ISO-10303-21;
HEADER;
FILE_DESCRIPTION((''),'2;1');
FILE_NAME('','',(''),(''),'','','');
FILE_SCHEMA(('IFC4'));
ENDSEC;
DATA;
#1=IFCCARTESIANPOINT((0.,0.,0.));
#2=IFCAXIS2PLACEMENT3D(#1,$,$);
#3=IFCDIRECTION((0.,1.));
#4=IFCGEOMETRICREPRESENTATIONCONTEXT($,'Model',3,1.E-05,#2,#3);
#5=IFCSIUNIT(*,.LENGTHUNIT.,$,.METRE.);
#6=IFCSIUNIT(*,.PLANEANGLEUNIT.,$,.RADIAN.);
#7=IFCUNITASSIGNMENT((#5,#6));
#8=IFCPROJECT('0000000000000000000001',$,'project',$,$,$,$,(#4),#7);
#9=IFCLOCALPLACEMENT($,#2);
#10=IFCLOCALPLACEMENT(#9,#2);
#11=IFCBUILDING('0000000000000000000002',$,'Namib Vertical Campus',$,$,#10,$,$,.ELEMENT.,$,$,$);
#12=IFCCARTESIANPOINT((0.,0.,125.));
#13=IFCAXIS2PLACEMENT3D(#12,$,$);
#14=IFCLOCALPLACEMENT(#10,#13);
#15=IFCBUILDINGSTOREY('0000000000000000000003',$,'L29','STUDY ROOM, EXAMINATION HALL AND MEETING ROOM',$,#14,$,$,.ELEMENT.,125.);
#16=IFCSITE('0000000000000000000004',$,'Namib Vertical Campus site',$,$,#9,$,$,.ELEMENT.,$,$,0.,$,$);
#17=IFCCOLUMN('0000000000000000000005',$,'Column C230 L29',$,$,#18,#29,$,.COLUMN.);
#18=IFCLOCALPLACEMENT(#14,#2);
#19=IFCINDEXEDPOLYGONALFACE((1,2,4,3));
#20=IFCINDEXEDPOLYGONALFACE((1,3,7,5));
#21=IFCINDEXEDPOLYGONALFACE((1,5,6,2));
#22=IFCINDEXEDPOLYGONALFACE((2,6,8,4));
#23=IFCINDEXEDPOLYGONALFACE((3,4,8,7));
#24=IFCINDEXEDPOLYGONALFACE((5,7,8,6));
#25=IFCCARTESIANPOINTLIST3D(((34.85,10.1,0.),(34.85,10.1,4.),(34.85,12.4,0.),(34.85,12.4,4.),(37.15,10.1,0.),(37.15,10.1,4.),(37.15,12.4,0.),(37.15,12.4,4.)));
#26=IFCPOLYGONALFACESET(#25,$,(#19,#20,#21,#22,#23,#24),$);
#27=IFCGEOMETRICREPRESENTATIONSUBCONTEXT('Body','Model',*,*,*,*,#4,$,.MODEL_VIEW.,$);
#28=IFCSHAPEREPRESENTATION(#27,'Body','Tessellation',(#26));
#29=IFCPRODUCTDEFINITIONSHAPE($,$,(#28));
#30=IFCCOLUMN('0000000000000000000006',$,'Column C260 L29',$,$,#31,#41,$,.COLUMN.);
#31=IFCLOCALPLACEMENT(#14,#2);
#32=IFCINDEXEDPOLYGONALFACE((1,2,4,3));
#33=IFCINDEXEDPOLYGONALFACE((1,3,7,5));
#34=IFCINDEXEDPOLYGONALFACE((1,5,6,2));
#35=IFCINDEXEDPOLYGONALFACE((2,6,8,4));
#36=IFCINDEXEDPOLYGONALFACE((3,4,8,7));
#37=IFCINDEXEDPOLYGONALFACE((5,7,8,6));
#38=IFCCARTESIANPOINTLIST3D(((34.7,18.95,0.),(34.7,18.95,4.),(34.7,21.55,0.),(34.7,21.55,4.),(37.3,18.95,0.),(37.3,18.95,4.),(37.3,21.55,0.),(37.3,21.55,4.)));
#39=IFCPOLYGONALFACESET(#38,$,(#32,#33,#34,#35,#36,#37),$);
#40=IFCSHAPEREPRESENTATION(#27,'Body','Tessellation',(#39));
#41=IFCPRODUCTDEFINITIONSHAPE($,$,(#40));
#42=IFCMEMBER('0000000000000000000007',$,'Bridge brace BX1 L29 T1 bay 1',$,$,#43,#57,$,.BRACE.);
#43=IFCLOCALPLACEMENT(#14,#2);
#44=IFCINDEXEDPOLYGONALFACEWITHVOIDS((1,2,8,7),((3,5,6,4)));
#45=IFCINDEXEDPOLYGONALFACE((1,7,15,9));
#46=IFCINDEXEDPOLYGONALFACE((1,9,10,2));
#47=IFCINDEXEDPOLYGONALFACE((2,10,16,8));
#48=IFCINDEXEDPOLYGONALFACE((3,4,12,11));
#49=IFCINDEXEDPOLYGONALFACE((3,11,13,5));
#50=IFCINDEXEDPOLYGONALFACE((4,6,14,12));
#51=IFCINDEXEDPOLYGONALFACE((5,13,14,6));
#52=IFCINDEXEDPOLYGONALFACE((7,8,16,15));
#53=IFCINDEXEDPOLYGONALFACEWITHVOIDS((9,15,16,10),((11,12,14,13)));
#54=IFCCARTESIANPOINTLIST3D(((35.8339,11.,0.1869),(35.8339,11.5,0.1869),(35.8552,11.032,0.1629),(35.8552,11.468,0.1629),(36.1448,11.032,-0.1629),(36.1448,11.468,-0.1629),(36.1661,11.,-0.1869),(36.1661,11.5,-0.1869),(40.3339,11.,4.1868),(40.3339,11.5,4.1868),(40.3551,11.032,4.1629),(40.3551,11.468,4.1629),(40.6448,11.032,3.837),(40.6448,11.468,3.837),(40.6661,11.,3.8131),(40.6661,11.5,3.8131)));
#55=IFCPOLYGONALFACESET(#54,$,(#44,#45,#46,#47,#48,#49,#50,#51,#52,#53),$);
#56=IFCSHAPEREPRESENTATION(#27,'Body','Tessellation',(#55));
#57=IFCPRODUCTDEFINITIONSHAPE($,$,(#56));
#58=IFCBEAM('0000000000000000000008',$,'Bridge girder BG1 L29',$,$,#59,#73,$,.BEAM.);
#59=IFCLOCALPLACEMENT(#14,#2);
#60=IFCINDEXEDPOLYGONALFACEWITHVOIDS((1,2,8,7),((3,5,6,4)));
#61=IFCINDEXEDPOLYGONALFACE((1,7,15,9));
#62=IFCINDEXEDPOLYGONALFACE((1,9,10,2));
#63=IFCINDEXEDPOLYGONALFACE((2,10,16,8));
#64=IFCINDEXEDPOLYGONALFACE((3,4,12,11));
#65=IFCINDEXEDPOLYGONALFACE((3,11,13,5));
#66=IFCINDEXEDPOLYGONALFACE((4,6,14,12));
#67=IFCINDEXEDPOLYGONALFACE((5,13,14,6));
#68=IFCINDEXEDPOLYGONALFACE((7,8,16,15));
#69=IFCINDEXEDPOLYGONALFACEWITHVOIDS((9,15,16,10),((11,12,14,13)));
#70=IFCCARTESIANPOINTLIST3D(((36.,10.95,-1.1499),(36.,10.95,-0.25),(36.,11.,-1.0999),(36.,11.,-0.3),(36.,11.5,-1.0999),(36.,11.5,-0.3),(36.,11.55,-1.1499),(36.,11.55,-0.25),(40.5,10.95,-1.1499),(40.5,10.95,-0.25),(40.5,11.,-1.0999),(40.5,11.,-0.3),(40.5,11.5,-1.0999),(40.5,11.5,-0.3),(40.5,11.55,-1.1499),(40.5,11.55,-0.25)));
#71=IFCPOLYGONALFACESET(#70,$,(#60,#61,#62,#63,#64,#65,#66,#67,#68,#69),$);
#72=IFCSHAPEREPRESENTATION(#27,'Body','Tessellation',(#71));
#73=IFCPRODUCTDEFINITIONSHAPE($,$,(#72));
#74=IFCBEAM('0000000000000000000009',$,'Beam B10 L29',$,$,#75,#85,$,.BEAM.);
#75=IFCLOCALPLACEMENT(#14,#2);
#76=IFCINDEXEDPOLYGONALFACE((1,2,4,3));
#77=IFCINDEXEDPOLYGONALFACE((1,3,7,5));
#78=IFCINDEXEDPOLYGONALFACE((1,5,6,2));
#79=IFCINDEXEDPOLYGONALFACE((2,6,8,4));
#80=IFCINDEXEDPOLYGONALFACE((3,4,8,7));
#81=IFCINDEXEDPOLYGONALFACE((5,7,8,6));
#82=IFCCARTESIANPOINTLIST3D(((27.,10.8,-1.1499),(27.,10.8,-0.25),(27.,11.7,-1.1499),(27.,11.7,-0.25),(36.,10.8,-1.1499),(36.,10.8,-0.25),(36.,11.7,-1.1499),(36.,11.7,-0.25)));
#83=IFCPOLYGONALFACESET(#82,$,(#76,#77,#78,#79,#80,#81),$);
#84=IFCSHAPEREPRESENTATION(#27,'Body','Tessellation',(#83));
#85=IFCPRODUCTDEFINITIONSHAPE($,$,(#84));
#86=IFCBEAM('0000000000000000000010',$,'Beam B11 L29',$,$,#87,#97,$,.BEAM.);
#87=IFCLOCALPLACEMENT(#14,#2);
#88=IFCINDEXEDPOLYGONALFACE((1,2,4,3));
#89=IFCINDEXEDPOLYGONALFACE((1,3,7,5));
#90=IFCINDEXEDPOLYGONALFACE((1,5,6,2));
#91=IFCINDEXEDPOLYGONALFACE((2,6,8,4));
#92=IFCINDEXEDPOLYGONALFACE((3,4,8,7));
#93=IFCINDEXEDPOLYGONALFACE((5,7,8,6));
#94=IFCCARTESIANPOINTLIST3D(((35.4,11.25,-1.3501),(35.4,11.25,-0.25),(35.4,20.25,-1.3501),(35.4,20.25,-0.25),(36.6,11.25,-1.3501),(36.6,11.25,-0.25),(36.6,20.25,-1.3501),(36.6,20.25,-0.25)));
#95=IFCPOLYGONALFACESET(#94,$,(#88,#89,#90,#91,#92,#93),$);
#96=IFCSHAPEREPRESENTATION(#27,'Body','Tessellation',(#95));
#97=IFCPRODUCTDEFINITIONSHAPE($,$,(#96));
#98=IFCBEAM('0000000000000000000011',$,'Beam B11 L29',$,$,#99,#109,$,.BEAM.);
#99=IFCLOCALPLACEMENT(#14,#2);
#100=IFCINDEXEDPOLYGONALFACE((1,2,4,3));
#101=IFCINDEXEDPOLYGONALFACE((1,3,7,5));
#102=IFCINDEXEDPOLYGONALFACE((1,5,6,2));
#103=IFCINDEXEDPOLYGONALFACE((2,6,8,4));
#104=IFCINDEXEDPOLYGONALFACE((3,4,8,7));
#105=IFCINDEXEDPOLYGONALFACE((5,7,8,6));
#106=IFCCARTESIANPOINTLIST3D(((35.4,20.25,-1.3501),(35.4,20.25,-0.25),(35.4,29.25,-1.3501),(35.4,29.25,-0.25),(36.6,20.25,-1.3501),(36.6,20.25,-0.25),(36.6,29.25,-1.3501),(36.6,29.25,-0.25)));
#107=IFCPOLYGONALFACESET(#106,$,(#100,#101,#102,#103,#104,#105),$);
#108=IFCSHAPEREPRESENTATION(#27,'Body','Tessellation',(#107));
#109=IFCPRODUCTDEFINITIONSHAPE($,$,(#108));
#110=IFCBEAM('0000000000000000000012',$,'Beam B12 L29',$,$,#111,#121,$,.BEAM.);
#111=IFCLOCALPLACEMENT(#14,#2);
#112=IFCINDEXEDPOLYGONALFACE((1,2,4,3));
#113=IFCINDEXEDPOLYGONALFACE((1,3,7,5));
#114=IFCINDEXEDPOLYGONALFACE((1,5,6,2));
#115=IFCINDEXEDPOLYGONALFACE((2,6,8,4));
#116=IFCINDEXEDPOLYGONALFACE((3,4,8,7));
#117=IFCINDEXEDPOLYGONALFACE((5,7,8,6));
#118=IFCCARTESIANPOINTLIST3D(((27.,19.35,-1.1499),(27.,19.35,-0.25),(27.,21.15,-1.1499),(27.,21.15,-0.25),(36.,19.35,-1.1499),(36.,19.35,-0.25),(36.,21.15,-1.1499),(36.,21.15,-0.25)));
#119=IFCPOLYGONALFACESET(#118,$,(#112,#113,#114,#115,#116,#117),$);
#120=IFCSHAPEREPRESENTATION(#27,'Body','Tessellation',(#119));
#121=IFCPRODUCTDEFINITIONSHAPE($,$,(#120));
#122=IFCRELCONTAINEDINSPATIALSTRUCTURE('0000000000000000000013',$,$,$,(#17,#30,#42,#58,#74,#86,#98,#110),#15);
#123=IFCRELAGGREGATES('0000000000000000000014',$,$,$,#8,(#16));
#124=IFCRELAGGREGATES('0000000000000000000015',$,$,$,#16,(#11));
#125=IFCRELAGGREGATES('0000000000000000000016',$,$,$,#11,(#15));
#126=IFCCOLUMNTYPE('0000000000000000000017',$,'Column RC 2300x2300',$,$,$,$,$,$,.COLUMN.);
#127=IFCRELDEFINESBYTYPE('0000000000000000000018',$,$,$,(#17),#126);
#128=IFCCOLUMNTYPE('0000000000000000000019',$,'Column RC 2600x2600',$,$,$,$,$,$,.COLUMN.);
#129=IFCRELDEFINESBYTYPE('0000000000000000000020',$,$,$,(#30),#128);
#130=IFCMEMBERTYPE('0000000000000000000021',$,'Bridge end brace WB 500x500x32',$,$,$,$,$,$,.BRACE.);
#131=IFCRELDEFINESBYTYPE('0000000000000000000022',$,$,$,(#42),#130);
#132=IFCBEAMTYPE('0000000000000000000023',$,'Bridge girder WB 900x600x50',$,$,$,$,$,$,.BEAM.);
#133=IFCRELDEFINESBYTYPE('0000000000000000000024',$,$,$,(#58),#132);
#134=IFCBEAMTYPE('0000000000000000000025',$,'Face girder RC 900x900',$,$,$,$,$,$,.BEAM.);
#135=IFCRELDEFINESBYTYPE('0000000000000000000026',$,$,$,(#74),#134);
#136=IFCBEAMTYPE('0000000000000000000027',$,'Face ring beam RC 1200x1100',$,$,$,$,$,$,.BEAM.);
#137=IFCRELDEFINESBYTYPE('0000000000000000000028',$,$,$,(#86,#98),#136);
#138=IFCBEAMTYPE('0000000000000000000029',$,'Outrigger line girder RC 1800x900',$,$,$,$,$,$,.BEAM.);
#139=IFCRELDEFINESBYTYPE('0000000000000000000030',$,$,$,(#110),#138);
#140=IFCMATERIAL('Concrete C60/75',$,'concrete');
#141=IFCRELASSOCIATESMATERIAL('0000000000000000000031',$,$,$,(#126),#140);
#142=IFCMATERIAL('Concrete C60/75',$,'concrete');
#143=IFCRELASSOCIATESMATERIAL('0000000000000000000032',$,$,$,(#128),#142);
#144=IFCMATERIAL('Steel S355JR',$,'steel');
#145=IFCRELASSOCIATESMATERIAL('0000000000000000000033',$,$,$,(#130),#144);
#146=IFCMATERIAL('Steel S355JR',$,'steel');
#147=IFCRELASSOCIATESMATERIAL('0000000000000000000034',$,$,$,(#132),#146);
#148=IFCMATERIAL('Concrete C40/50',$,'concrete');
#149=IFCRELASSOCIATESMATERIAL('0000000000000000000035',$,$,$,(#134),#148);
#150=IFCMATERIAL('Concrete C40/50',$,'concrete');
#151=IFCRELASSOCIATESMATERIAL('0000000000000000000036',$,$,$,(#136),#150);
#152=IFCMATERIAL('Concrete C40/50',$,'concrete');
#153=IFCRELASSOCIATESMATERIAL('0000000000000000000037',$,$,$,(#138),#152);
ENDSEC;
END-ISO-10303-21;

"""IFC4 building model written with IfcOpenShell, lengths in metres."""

from ifc_helpers import new_model, si_unit, direction, frame, origin, origin_2d, place, context, subcontext, project, spatial, rectangle, hollow_rectangle, extrude, material, material_profile, profile_set, type_object, element, save


model = new_model("IFC4")

# Units and contexts
model_context = context("Model", 3, precision=1e-05, world=origin(), true_north=direction((0.0, 1.0)))
body_context = subcontext(model_context, "Body", "Model", "MODEL_VIEW")
ifc_project = project(units=[si_unit("LENGTHUNIT", "METRE"), si_unit("PLANEANGLEUNIT", "RADIAN")], contexts=[model_context])

# Site, building, storey
site_placement = place(None, origin())
site = spatial("IfcSite", under=ifc_project, at=site_placement, Name="Namib Vertical Campus site", CompositionType="ELEMENT", RefElevation=0.0)
building_placement = place(site_placement, origin())
building = spatial("IfcBuilding", under=site, at=building_placement, Name="Namib Vertical Campus", CompositionType="ELEMENT")
storey_placement = place(building_placement, frame((0.0, 0.0, 125.0)))
storey = spatial("IfcBuildingStorey", under=building, at=storey_placement, Name="L29", Description="STUDY ROOM, EXAMINATION HALL AND MEETING ROOM", CompositionType="ELEMENT", Elevation=125.0)

# Columns
ifc_material_1 = material(Name="Concrete C60/75", Category="concrete")
ifc_material_profile_1 = material_profile(ifc_material_1, rectangle(XDim=2.3, YDim=2.3, at=origin_2d()))
ifc_profile_set_1 = profile_set([ifc_material_profile_1], Name="Concrete C60/75")
column_type_1 = type_object("IfcColumnType", Name="Column RC 2300x2300", PredefinedType="COLUMN", material=ifc_profile_set_1)
column_1_placement = place(storey_placement, frame((36.0, 11.25, 0.0), z_axis=(0.0, 0.0, 1.0), x_axis=(1.0, 0.0, 0.0)))
element("IfcColumn", 1, at=column_1_placement, inside=storey, type_object=column_type_1, Name="Column C230 L29", PredefinedType="COLUMN", context=body_context, shape_type="SweptSolid", body=[
    extrude(rectangle(XDim=2.3, YDim=2.3, at=origin_2d()), origin(), (0.0, 0.0, 1.0), 4.0),
])
ifc_material_2 = material(Name="Concrete C60/75", Category="concrete")
ifc_material_profile_2 = material_profile(ifc_material_2, rectangle(XDim=2.6001, YDim=2.6001, at=origin_2d()))
ifc_profile_set_2 = profile_set([ifc_material_profile_2], Name="Concrete C60/75")
column_type_2 = type_object("IfcColumnType", Name="Column RC 2600x2600", PredefinedType="COLUMN", material=ifc_profile_set_2)
column_2_placement = place(storey_placement, frame((36.0, 20.25, 0.0), z_axis=(0.0, 0.0, 1.0), x_axis=(1.0, 0.0, 0.0)))
element("IfcColumn", 2, at=column_2_placement, inside=storey, type_object=column_type_2, Name="Column C260 L29", PredefinedType="COLUMN", context=body_context, shape_type="SweptSolid", body=[
    extrude(rectangle(XDim=2.6001, YDim=2.6001, at=origin_2d()), origin(), (0.0, 0.0, 1.0), 4.0),
])

# Member
ifc_material_3 = material(Name="Steel S355JR", Category="steel")
ifc_material_profile_3 = material_profile(ifc_material_3, hollow_rectangle(XDim=0.5, YDim=0.5, WallThickness=0.032, at=origin_2d()))
ifc_profile_set_3 = profile_set([ifc_material_profile_3], Name="Steel S355JR")
member_type = type_object("IfcMemberType", Name="Bridge end brace WB 500x500x32", PredefinedType="BRACE", material=ifc_profile_set_3)
member_placement = place(storey_placement, frame((36.0, 11.25, 0.0), z_axis=(0.747409, 0.0, 0.664364), x_axis=(0.0, 1.0, 0.0)))
element("IfcMember", 3, at=member_placement, inside=storey, type_object=member_type, Name="Bridge brace BX1 L29 T1 bay 1", PredefinedType="BRACE", context=body_context, shape_type="SweptSolid", body=[
    extrude(hollow_rectangle(XDim=0.5, YDim=0.5, WallThickness=0.032, at=origin_2d()), origin(), (0.0, 0.0, 1.0), 6.0208),
])

# Beams
ifc_material_4 = material(Name="Steel S355JR", Category="steel")
ifc_material_profile_4 = material_profile(ifc_material_4, hollow_rectangle(XDim=0.6001, YDim=0.8999, WallThickness=0.05, at=origin_2d()))
ifc_profile_set_4 = profile_set([ifc_material_profile_4], Name="Steel S355JR")
beam_type_1 = type_object("IfcBeamType", Name="Bridge girder WB 900x600x50", PredefinedType="BEAM", material=ifc_profile_set_4)
beam_1_placement = place(storey_placement, frame((36.0, 11.25, -0.7), z_axis=(1.0, 0.0, 0.0), x_axis=(0.0, 1.0, 0.0)))
element("IfcBeam", 4, at=beam_1_placement, inside=storey, type_object=beam_type_1, Name="Bridge girder BG1 L29", PredefinedType="BEAM", context=body_context, shape_type="SweptSolid", body=[
    extrude(hollow_rectangle(XDim=0.6001, YDim=0.8999, WallThickness=0.05, at=origin_2d()), origin(), (0.0, 0.0, 1.0), 4.5),
])
ifc_material_5 = material(Name="Concrete C40/50", Category="concrete")
ifc_material_profile_5 = material_profile(ifc_material_5, rectangle(XDim=0.8999, YDim=0.8999, at=origin_2d()))
ifc_profile_set_5 = profile_set([ifc_material_profile_5], Name="Concrete C40/50")
beam_type_2 = type_object("IfcBeamType", Name="Face girder RC 900x900", PredefinedType="BEAM", material=ifc_profile_set_5)
beam_2_placement = place(storey_placement, frame((36.0, 11.25, -0.7), z_axis=(-1.0, 0.0, 0.0), x_axis=(0.0, -1.0, 0.0)))
element("IfcBeam", 5, at=beam_2_placement, inside=storey, type_object=beam_type_2, Name="Beam B10 L29", PredefinedType="BEAM", context=body_context, shape_type="SweptSolid", body=[
    extrude(rectangle(XDim=0.8999, YDim=0.8999, at=origin_2d()), origin(), (0.0, 0.0, 1.0), 9.0),
])
ifc_material_6 = material(Name="Concrete C40/50", Category="concrete")
ifc_material_profile_6 = material_profile(ifc_material_6, rectangle(XDim=1.2, YDim=1.1001, at=origin_2d()))
ifc_profile_set_6 = profile_set([ifc_material_profile_6], Name="Concrete C40/50")
beam_type_3 = type_object("IfcBeamType", Name="Face ring beam RC 1200x1100", PredefinedType="BEAM", material=ifc_profile_set_6)
for number, where, z_axis, x_axis, name in (
    (6, (36.0, 11.25, -0.8), (0.0, 1.0, 0.0), (-1.0, 0.0, 0.0), "Beam B11 L29"),
    (7, (36.0, 20.25, -0.8), (0.0, 1.0, 0.0), (-1.0, 0.0, 0.0), "Beam B11 L29"),
):
    element("IfcBeam", number, at=place(storey_placement, frame(where, z_axis=z_axis, x_axis=x_axis)), inside=storey, type_object=beam_type_3, Name=name, PredefinedType="BEAM", context=body_context, shape_type="SweptSolid", body=[
        extrude(rectangle(XDim=1.2, YDim=1.1001, at=origin_2d()), origin(), (0.0, 0.0, 1.0), 9.0),
    ])
ifc_material_7 = material(Name="Concrete C40/50", Category="concrete")
ifc_material_profile_7 = material_profile(ifc_material_7, rectangle(XDim=1.8, YDim=0.8999, at=origin_2d()))
ifc_profile_set_7 = profile_set([ifc_material_profile_7], Name="Concrete C40/50")
beam_type_4 = type_object("IfcBeamType", Name="Outrigger line girder RC 1800x900", PredefinedType="BEAM", material=ifc_profile_set_7)
beam_3_placement = place(storey_placement, frame((36.0, 20.25, -0.7), z_axis=(-1.0, 0.0, 0.0), x_axis=(0.0, -1.0, 0.0)))
element("IfcBeam", 8, at=beam_3_placement, inside=storey, type_object=beam_type_4, Name="Beam B12 L29", PredefinedType="BEAM", context=body_context, shape_type="SweptSolid", body=[
    extrude(rectangle(XDim=1.8, YDim=0.8999, at=origin_2d()), origin(), (0.0, 0.0, 1.0), 9.0),
])

save(model, "model.ifc")
